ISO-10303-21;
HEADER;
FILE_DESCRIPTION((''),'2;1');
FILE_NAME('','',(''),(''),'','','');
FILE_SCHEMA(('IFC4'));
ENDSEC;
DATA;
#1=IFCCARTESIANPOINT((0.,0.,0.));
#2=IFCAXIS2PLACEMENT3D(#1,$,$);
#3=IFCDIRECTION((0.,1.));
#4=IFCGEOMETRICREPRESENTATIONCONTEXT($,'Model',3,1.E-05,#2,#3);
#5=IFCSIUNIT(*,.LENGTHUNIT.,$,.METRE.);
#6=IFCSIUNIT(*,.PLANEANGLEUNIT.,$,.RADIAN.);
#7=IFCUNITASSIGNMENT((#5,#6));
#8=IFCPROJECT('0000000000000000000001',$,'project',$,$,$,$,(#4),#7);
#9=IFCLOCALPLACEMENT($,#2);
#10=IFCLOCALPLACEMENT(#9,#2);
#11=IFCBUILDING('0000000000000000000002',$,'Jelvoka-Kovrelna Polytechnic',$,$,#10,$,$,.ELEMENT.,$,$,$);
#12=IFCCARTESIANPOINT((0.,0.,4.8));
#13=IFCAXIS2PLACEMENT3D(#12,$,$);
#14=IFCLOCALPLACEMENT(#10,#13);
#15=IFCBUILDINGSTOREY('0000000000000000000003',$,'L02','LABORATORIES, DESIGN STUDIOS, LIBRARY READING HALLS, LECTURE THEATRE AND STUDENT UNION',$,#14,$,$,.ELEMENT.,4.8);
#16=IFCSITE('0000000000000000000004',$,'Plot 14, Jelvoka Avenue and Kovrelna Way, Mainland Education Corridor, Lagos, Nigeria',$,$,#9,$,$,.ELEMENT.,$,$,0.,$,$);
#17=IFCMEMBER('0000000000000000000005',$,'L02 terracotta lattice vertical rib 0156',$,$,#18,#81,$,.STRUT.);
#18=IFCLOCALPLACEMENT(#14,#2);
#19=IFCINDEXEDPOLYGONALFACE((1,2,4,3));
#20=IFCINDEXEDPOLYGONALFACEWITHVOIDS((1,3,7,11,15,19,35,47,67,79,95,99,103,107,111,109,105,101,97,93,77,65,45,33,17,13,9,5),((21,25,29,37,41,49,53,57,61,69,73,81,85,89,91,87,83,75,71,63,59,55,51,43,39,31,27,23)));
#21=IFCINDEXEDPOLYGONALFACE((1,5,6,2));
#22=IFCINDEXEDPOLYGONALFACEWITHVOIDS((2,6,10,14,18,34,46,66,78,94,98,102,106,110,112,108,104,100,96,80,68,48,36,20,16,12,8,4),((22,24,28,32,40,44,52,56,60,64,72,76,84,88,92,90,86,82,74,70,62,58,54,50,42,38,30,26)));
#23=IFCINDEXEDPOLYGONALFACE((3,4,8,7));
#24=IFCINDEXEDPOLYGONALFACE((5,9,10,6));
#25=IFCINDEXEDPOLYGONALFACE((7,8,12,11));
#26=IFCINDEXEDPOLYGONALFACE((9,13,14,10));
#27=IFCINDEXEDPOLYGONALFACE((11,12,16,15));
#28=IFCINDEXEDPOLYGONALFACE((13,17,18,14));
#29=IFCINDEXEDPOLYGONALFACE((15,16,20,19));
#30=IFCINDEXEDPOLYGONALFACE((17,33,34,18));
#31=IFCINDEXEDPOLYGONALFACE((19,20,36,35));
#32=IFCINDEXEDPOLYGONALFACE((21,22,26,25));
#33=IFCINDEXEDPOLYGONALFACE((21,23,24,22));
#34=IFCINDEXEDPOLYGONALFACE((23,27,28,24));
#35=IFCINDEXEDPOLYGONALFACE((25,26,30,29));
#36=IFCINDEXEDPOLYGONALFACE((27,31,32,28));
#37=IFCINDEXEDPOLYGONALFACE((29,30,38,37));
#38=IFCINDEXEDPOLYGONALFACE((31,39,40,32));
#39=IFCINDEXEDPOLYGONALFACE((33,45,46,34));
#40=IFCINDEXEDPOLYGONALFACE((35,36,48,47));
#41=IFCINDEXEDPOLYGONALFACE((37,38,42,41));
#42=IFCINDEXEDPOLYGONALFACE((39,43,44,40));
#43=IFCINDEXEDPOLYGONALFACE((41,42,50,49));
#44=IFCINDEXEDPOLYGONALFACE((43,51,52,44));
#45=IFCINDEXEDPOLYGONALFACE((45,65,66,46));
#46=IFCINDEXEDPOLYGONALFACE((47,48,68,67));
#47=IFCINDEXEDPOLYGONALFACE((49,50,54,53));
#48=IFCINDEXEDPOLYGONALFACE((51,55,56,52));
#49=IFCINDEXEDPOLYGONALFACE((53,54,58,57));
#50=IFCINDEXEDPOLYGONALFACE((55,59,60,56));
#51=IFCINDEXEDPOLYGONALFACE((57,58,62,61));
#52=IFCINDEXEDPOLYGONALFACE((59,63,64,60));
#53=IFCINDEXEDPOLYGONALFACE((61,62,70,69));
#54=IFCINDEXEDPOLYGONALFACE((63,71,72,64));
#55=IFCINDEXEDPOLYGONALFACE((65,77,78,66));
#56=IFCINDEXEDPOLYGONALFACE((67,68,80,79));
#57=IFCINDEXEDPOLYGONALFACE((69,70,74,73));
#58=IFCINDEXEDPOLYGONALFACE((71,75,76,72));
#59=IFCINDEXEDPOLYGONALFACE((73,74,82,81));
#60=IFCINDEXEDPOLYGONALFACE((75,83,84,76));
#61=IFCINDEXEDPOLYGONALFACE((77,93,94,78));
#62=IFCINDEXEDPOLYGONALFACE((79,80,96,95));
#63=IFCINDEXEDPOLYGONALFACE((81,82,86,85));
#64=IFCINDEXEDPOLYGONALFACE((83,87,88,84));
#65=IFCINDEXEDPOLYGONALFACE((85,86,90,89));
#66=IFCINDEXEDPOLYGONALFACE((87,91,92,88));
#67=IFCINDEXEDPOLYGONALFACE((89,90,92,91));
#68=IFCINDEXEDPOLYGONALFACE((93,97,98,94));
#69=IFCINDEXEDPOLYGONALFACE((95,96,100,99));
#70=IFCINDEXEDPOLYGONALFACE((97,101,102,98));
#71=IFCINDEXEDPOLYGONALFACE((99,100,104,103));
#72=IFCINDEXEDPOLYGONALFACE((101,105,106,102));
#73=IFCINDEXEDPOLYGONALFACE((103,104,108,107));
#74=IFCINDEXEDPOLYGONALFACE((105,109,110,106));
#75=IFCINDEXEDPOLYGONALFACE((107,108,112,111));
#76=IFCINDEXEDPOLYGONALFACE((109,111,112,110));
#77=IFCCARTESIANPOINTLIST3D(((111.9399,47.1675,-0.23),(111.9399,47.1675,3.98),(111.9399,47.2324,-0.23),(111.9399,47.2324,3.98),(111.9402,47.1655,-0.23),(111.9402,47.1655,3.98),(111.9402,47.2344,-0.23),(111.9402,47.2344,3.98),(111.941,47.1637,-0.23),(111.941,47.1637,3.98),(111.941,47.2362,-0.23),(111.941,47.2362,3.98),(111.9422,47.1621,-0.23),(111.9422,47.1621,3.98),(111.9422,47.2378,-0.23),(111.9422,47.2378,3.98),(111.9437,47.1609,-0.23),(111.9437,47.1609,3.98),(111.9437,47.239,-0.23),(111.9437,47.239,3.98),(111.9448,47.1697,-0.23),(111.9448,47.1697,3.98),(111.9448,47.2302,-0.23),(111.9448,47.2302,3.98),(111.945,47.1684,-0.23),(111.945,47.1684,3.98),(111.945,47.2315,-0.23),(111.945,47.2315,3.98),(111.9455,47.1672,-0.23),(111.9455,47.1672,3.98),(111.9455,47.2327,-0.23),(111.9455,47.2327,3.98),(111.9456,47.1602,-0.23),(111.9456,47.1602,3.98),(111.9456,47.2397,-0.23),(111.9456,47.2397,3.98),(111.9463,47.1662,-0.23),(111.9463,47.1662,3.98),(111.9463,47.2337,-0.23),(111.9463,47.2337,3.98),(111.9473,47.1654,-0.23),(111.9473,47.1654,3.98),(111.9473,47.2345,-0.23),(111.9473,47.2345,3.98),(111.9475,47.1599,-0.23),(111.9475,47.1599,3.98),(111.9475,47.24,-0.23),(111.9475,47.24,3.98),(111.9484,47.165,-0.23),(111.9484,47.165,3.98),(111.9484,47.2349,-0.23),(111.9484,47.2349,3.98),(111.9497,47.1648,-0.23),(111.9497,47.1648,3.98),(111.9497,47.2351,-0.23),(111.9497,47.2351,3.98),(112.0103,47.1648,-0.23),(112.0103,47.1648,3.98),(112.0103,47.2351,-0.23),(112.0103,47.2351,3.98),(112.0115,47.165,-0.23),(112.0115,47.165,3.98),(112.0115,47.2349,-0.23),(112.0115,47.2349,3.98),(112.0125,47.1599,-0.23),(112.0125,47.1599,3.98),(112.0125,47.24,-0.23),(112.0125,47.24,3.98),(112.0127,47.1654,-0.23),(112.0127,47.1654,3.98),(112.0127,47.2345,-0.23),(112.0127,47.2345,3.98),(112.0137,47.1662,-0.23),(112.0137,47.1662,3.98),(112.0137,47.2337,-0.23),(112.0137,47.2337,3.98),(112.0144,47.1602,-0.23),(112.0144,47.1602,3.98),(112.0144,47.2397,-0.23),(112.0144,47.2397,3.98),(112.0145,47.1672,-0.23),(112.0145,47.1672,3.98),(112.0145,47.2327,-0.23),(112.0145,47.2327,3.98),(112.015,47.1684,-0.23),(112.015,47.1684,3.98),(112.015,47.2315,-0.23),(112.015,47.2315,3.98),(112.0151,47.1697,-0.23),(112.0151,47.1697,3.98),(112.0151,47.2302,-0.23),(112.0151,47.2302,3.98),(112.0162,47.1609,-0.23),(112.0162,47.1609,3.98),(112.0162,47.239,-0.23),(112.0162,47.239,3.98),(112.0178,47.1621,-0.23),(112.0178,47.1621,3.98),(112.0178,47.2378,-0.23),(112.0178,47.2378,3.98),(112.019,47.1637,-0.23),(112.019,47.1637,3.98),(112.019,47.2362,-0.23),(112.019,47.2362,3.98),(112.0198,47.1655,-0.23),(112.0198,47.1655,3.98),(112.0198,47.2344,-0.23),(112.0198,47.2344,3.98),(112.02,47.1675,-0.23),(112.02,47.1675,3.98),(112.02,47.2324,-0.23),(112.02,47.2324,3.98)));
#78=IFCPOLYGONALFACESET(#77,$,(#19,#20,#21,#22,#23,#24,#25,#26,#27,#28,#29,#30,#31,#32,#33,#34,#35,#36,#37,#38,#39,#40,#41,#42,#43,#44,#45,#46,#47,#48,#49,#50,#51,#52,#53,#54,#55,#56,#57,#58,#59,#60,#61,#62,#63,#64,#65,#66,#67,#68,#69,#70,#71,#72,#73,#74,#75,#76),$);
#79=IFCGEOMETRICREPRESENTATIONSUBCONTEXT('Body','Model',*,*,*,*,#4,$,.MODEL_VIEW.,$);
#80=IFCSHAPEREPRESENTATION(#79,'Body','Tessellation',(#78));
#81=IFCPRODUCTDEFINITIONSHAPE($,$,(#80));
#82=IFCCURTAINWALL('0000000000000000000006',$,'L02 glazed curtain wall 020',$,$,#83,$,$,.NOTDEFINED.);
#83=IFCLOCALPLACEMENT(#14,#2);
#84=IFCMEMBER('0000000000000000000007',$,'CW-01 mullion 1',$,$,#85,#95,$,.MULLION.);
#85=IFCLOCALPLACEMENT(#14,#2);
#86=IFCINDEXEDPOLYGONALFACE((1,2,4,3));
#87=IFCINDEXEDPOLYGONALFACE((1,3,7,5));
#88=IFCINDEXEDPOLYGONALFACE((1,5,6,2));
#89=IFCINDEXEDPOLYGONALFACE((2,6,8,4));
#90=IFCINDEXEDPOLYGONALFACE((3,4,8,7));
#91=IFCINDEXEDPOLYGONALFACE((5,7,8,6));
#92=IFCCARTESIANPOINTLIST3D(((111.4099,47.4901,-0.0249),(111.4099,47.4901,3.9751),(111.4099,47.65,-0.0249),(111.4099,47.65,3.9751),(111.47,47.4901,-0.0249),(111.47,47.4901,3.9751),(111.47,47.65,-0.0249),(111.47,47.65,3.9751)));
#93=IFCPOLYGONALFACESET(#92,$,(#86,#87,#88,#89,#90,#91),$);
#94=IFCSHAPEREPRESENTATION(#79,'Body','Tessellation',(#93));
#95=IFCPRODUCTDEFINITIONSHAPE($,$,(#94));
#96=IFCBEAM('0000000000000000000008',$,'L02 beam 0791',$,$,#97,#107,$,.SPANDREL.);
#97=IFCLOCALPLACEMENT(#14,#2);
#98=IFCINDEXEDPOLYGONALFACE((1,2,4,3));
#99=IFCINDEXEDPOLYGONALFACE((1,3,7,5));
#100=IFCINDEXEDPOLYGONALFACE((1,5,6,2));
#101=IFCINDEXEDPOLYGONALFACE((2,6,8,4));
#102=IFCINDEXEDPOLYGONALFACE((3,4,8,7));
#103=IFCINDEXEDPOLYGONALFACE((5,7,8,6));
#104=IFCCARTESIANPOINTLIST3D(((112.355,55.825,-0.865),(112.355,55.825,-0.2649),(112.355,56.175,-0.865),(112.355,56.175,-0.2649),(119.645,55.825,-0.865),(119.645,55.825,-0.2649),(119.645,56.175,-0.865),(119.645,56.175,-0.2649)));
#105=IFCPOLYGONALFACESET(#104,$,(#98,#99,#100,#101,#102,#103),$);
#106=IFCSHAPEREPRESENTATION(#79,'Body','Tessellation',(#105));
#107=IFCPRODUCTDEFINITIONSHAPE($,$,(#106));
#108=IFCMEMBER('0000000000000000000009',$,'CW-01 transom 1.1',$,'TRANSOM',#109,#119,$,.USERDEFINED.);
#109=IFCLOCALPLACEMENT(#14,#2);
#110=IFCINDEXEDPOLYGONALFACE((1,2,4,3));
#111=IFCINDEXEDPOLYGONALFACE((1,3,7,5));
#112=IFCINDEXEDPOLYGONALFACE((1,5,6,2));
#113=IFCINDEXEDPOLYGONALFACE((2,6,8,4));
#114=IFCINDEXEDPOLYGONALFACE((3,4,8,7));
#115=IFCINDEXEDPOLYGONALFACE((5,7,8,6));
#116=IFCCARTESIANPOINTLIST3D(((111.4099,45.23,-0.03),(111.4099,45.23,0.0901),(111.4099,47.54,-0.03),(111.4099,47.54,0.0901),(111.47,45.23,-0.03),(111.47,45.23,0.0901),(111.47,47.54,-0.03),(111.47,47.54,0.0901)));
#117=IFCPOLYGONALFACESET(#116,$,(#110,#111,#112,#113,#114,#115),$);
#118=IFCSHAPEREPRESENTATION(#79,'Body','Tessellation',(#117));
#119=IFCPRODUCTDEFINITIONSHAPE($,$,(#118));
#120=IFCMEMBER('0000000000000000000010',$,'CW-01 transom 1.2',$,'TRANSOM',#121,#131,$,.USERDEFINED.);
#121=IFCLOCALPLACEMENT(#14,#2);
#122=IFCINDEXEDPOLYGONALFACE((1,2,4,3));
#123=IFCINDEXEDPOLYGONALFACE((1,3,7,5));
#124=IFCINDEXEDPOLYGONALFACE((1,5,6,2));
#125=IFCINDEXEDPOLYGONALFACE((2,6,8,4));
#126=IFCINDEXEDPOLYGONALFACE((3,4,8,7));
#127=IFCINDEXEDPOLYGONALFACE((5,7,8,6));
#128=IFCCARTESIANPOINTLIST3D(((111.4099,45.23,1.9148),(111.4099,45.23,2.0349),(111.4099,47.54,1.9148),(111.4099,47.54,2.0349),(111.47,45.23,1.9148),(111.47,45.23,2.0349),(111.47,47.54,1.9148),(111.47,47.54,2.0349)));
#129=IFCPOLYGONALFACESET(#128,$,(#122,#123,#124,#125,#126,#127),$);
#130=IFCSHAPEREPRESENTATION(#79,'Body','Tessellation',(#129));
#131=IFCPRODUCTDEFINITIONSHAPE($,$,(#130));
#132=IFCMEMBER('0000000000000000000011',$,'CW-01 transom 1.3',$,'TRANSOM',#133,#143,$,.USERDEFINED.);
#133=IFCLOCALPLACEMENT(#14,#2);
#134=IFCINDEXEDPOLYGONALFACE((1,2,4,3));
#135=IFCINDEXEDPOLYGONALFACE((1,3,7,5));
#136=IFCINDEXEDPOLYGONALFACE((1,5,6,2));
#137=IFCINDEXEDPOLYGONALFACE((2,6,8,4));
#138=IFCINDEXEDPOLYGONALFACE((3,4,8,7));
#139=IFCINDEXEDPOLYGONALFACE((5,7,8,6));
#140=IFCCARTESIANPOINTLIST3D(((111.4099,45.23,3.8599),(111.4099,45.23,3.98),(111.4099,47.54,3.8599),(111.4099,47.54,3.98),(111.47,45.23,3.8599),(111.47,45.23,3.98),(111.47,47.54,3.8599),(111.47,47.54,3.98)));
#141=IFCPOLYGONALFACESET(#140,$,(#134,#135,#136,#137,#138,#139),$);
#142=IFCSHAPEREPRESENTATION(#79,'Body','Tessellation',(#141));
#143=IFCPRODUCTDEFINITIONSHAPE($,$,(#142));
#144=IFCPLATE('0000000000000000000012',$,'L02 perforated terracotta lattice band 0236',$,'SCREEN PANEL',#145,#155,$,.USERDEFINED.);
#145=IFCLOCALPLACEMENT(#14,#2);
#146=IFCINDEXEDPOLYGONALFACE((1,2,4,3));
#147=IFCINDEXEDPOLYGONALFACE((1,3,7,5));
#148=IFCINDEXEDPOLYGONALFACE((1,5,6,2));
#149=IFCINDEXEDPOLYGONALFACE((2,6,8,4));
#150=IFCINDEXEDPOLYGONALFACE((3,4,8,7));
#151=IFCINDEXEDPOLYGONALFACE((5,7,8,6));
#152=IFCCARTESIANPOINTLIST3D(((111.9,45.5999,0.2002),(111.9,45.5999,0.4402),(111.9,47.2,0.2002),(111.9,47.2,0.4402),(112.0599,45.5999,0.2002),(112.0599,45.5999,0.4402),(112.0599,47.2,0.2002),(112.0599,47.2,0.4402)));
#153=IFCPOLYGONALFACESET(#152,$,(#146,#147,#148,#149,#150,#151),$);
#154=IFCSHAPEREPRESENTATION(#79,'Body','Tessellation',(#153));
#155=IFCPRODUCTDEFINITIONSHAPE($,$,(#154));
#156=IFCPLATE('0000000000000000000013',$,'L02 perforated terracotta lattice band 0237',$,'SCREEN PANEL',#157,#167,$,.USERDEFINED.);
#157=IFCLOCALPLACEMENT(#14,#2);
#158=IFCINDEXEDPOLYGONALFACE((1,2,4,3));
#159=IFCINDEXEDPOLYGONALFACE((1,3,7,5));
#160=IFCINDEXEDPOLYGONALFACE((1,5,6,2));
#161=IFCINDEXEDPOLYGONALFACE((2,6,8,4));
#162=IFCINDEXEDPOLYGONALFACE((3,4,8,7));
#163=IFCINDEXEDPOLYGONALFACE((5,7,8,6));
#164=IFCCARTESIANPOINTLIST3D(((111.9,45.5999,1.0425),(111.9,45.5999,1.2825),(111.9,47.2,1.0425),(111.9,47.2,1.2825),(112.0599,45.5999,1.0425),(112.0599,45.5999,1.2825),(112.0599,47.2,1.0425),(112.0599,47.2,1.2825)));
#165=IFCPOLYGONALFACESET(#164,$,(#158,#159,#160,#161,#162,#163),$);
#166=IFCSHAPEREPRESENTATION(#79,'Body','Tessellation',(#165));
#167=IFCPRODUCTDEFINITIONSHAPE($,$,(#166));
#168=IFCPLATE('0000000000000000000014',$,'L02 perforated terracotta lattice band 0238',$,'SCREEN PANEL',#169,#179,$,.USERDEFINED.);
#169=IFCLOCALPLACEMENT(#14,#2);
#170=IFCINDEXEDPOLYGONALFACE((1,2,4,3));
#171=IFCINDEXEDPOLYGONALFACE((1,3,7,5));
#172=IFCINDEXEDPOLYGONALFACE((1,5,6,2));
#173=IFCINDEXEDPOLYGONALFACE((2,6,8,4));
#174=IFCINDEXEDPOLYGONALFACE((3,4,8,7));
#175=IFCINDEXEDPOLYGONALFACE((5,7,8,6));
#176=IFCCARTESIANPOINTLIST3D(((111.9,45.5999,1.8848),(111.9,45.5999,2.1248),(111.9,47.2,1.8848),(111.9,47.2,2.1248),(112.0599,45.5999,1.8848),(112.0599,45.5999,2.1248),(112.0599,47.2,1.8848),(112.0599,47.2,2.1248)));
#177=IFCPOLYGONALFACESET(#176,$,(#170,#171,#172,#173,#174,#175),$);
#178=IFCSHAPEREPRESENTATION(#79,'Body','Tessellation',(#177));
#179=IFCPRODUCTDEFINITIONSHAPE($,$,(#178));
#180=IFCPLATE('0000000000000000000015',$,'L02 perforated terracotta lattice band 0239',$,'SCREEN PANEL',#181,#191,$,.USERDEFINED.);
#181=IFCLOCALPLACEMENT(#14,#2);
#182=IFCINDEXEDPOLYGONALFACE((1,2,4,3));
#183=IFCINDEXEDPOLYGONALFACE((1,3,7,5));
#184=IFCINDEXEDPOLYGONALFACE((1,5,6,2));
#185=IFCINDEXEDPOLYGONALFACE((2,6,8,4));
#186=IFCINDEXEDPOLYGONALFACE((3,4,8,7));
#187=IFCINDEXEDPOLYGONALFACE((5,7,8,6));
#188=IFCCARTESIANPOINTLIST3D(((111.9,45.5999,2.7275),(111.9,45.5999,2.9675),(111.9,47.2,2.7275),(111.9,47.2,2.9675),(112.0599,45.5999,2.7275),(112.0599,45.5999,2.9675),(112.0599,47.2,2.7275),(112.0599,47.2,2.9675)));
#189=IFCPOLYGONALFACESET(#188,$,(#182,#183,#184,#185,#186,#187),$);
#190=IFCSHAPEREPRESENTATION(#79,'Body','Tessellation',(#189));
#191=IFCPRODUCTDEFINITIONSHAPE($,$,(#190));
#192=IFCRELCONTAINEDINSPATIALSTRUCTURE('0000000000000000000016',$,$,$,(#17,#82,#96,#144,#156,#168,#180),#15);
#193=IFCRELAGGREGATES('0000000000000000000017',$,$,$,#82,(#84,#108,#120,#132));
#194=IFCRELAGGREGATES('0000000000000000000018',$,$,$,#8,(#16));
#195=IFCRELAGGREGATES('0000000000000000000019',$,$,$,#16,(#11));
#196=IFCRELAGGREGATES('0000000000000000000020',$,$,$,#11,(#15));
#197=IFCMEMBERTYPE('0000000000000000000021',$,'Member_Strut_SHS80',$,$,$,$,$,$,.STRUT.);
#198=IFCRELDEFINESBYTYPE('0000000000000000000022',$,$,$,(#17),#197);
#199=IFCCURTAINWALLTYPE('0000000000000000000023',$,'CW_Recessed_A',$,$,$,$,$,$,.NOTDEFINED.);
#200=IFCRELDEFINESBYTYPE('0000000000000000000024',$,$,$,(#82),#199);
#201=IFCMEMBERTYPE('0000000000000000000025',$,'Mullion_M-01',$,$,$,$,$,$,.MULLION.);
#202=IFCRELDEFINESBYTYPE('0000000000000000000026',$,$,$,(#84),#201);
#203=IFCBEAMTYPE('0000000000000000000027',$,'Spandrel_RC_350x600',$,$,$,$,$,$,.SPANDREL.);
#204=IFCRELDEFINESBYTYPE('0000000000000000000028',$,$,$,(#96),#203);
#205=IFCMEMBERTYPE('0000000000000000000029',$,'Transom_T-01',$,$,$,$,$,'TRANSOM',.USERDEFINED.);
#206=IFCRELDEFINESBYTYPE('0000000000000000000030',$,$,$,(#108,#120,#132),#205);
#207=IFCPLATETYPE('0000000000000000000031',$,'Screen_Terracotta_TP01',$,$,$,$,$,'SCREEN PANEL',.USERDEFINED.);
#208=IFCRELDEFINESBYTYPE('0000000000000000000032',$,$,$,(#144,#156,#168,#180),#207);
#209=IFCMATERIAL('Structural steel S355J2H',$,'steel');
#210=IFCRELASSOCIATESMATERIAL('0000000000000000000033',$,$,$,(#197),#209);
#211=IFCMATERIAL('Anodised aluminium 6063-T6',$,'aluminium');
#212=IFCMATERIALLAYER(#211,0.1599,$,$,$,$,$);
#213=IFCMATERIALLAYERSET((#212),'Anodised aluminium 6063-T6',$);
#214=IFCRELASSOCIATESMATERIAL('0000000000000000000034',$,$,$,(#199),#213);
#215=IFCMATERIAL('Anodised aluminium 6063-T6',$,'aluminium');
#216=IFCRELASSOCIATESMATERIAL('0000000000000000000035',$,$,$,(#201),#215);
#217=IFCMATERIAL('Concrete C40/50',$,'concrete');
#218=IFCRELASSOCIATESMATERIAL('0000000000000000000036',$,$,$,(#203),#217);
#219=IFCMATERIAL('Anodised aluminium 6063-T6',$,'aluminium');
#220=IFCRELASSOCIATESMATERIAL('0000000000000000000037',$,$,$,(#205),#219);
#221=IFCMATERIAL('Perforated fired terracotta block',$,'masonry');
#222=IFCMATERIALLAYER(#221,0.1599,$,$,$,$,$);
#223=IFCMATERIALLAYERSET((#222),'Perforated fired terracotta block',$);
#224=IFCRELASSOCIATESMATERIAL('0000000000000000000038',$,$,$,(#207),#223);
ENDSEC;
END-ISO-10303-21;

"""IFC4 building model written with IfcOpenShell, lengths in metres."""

from ifc_helpers import new_model, si_unit, direction, frame, origin, origin_2d, place, context, subcontext, project, spatial, rectangle, hollow_rectangle, extrude, material, layer, layer_set, material_profile, profile_set, type_object, element, aggregate, save


model = new_model("IFC4")

# Units and contexts
model_context = context("Model", 3, precision=1e-05, world=origin(), true_north=direction((0.0, 1.0)))
body_context = subcontext(model_context, "Body", "Model", "MODEL_VIEW")
ifc_project = project(units=[si_unit("LENGTHUNIT", "METRE"), si_unit("PLANEANGLEUNIT", "RADIAN")], contexts=[model_context])

# Site, building, storey
site_placement = place(None, origin())
site = spatial("IfcSite", under=ifc_project, at=site_placement, Name="Plot 14, Jelvoka Avenue and Kovrelna Way, Mainland Education Corridor, Lagos, Nigeria", CompositionType="ELEMENT", RefElevation=0.0)
building_placement = place(site_placement, origin())
building = spatial("IfcBuilding", under=site, at=building_placement, Name="Jelvoka-Kovrelna Polytechnic", CompositionType="ELEMENT")
storey_placement = place(building_placement, frame((0.0, 0.0, 4.8)))
storey = spatial("IfcBuildingStorey", under=building, at=storey_placement, Name="L02", Description="LABORATORIES, DESIGN STUDIOS, LIBRARY READING HALLS, LECTURE THEATRE AND STUDENT UNION", CompositionType="ELEMENT", Elevation=4.8)

# Member
ifc_material_1 = material(Name="Structural steel S355J2H", Category="steel")
ifc_material_profile_1 = material_profile(ifc_material_1, hollow_rectangle(XDim=0.0801, YDim=0.0801, WallThickness=0.0049, InnerFilletRadius=0.0049, OuterFilletRadius=0.0076, at=origin_2d()), Name="80x80x5.0 SHS")
ifc_profile_set_1 = profile_set([ifc_material_profile_1], Name="Structural steel S355J2H")
member_type_1 = type_object("IfcMemberType", Name="Member_Strut_SHS80", PredefinedType="STRUT", material=ifc_profile_set_1)
for number, where, z_axis, x_axis, name in (
    (1, (111.98, 47.2, -0.23), (0.0, 0.0, 1.0), (1.0, 0.0, 0.0), "L02 terracotta lattice vertical rib 0156"),
):
    element("IfcMember", number, at=place(storey_placement, frame(where, z_axis=z_axis, x_axis=x_axis)), inside=storey, type_object=member_type_1, Name=name, PredefinedType="STRUT", context=body_context, shape_type="SweptSolid", body=[
        extrude(hollow_rectangle(XDim=0.0801, YDim=0.0801, WallThickness=0.0049, InnerFilletRadius=0.0049, OuterFilletRadius=0.0076, at=origin_2d()), origin(), (0.0, 0.0, 1.0), 4.21),
    ])

# Curtain wall, member
ifc_material_2 = material(Name="Anodised aluminium 6063-T6", Category="aluminium")
ifc_layer_1 = layer(ifc_material_2, 0.1599)
ifc_layer_set_1 = layer_set([ifc_layer_1], Name="Anodised aluminium 6063-T6")
curtain_wall_type = type_object("IfcCurtainWallType", Name="CW_Recessed_A", PredefinedType="NOTDEFINED", material=ifc_layer_set_1)
curtain_wall_placement = place(storey_placement, origin())
curtain_wall = element("IfcCurtainWall", 2, at=curtain_wall_placement, inside=storey, type_object=curtain_wall_type, Name="L02 glazed curtain wall 020", PredefinedType="NOTDEFINED")
ifc_material_3 = material(Name="Anodised aluminium 6063-T6", Category="aluminium")
ifc_material_profile_2 = material_profile(ifc_material_3, rectangle(XDim=0.0601, YDim=0.1599, at=origin_2d()), Name="ALU 60x160")
ifc_profile_set_2 = profile_set([ifc_material_profile_2], Name="Anodised aluminium 6063-T6")
member_type_2 = type_object("IfcMemberType", Name="Mullion_M-01", PredefinedType="MULLION", material=ifc_profile_set_2)
member_1_placement = place(storey_placement, frame((111.4399, 47.5701, -0.0249), z_axis=(0.0, 0.0, 1.0), x_axis=(1.0, 0.0, 0.0)))
member_1 = element("IfcMember", 3, at=member_1_placement, type_object=member_type_2, Name="CW-01 mullion 1", PredefinedType="MULLION", context=body_context, shape_type="SweptSolid", body=[
    extrude(rectangle(XDim=0.0601, YDim=0.1599, at=origin_2d()), origin(), (0.0, 0.0, 1.0), 4.0),
])

# Beam
ifc_material_4 = material(Name="Concrete C40/50", Category="concrete")
ifc_material_profile_3 = material_profile(ifc_material_4, rectangle(XDim=0.3501, YDim=0.6001, at=origin_2d()), Name="RC 350x600")
ifc_profile_set_3 = profile_set([ifc_material_profile_3], Name="Concrete C40/50")
beam_type_1 = type_object("IfcBeamType", Name="Spandrel_RC_350x600", PredefinedType="SPANDREL", material=ifc_profile_set_3)
beam_1_placement = place(storey_placement, frame((112.355, 56.0, -0.5649), z_axis=(1.0, 0.0, 0.0), x_axis=(0.0, 1.0, 0.0)))
element("IfcBeam", 4, at=beam_1_placement, inside=storey, type_object=beam_type_1, Name="L02 beam 0791", PredefinedType="SPANDREL", context=body_context, shape_type="SweptSolid", body=[
    extrude(rectangle(XDim=0.3501, YDim=0.6001, at=origin_2d()), origin(), (0.0, 0.0, 1.0), 7.29),
])

# Members
ifc_material_5 = material(Name="Anodised aluminium 6063-T6", Category="aluminium")
ifc_material_profile_4 = material_profile(ifc_material_5, rectangle(XDim=0.0601, YDim=0.1201, at=origin_2d()), Name="ALU 60x120")
ifc_profile_set_4 = profile_set([ifc_material_profile_4], Name="Anodised aluminium 6063-T6")
member_type_3 = type_object("IfcMemberType", Name="Transom_T-01", ElementType="TRANSOM", PredefinedType="USERDEFINED", material=ifc_profile_set_4)
member_2_placement = place(storey_placement, frame((111.4399, 47.54, 0.03), z_axis=(0.0, -1.0, 0.0), x_axis=(1.0, 0.0, 0.0)))
member_2 = element("IfcMember", 5, at=member_2_placement, type_object=member_type_3, Name="CW-01 transom 1.1", ObjectType="TRANSOM", PredefinedType="USERDEFINED", context=body_context, shape_type="SweptSolid", body=[
    extrude(rectangle(XDim=0.0601, YDim=0.1201, at=origin_2d()), origin(), (0.0, 0.0, 1.0), 2.3101),
])
member_3_placement = place(storey_placement, frame((111.4399, 47.54, 1.9749), z_axis=(0.0, -1.0, 0.0), x_axis=(1.0, 0.0, 0.0)))
member_3 = element("IfcMember", 6, at=member_3_placement, type_object=member_type_3, Name="CW-01 transom 1.2", ObjectType="TRANSOM", PredefinedType="USERDEFINED", context=body_context, shape_type="SweptSolid", body=[
    extrude(rectangle(XDim=0.0601, YDim=0.1201, at=origin_2d()), origin(), (0.0, 0.0, 1.0), 2.3101),
])
member_4_placement = place(storey_placement, frame((111.4399, 47.54, 3.9199), z_axis=(0.0, -1.0, 0.0), x_axis=(1.0, 0.0, 0.0)))
member_4 = element("IfcMember", 7, at=member_4_placement, type_object=member_type_3, Name="CW-01 transom 1.3", ObjectType="TRANSOM", PredefinedType="USERDEFINED", context=body_context, shape_type="SweptSolid", body=[
    extrude(rectangle(XDim=0.0601, YDim=0.1201, at=origin_2d()), origin(), (0.0, 0.0, 1.0), 2.3101),
])
aggregate(curtain_wall, [member_1, member_2, member_3, member_4])

# Plates
ifc_material_6 = material(Name="Perforated fired terracotta block", Category="masonry")
ifc_layer_2 = layer(ifc_material_6, 0.1599)
ifc_layer_set_2 = layer_set([ifc_layer_2], Name="Perforated fired terracotta block")
plate_type = type_object("IfcPlateType", Name="Screen_Terracotta_TP01", ElementType="SCREEN PANEL", PredefinedType="USERDEFINED", material=ifc_layer_set_2)
for number, where, z_axis, x_axis, name in (
    (8, (111.98, 46.3999, 0.2002), (0.0, 0.0, 1.0), (0.0, 1.0, 0.0), "L02 perforated terracotta lattice band 0236"),
    (9, (111.98, 46.3999, 1.0425), (0.0, 0.0, 1.0), (0.0, 1.0, 0.0), "L02 perforated terracotta lattice band 0237"),
    (10, (111.98, 46.3999, 1.8848), (0.0, 0.0, 1.0), (0.0, 1.0, 0.0), "L02 perforated terracotta lattice band 0238"),
    (11, (111.98, 46.3999, 2.7275), (0.0, 0.0, 1.0), (0.0, 1.0, 0.0), "L02 perforated terracotta lattice band 0239"),
):
    element("IfcPlate", number, at=place(storey_placement, frame(where, z_axis=z_axis, x_axis=x_axis)), inside=storey, type_object=plate_type, Name=name, ObjectType="SCREEN PANEL", PredefinedType="USERDEFINED", context=body_context, shape_type="SweptSolid", body=[
        extrude(rectangle(XDim=1.6001, YDim=0.1599, at=origin_2d()), origin(), (0.0, 0.0, 1.0), 0.24),
    ])

save(model, "model.ifc")
